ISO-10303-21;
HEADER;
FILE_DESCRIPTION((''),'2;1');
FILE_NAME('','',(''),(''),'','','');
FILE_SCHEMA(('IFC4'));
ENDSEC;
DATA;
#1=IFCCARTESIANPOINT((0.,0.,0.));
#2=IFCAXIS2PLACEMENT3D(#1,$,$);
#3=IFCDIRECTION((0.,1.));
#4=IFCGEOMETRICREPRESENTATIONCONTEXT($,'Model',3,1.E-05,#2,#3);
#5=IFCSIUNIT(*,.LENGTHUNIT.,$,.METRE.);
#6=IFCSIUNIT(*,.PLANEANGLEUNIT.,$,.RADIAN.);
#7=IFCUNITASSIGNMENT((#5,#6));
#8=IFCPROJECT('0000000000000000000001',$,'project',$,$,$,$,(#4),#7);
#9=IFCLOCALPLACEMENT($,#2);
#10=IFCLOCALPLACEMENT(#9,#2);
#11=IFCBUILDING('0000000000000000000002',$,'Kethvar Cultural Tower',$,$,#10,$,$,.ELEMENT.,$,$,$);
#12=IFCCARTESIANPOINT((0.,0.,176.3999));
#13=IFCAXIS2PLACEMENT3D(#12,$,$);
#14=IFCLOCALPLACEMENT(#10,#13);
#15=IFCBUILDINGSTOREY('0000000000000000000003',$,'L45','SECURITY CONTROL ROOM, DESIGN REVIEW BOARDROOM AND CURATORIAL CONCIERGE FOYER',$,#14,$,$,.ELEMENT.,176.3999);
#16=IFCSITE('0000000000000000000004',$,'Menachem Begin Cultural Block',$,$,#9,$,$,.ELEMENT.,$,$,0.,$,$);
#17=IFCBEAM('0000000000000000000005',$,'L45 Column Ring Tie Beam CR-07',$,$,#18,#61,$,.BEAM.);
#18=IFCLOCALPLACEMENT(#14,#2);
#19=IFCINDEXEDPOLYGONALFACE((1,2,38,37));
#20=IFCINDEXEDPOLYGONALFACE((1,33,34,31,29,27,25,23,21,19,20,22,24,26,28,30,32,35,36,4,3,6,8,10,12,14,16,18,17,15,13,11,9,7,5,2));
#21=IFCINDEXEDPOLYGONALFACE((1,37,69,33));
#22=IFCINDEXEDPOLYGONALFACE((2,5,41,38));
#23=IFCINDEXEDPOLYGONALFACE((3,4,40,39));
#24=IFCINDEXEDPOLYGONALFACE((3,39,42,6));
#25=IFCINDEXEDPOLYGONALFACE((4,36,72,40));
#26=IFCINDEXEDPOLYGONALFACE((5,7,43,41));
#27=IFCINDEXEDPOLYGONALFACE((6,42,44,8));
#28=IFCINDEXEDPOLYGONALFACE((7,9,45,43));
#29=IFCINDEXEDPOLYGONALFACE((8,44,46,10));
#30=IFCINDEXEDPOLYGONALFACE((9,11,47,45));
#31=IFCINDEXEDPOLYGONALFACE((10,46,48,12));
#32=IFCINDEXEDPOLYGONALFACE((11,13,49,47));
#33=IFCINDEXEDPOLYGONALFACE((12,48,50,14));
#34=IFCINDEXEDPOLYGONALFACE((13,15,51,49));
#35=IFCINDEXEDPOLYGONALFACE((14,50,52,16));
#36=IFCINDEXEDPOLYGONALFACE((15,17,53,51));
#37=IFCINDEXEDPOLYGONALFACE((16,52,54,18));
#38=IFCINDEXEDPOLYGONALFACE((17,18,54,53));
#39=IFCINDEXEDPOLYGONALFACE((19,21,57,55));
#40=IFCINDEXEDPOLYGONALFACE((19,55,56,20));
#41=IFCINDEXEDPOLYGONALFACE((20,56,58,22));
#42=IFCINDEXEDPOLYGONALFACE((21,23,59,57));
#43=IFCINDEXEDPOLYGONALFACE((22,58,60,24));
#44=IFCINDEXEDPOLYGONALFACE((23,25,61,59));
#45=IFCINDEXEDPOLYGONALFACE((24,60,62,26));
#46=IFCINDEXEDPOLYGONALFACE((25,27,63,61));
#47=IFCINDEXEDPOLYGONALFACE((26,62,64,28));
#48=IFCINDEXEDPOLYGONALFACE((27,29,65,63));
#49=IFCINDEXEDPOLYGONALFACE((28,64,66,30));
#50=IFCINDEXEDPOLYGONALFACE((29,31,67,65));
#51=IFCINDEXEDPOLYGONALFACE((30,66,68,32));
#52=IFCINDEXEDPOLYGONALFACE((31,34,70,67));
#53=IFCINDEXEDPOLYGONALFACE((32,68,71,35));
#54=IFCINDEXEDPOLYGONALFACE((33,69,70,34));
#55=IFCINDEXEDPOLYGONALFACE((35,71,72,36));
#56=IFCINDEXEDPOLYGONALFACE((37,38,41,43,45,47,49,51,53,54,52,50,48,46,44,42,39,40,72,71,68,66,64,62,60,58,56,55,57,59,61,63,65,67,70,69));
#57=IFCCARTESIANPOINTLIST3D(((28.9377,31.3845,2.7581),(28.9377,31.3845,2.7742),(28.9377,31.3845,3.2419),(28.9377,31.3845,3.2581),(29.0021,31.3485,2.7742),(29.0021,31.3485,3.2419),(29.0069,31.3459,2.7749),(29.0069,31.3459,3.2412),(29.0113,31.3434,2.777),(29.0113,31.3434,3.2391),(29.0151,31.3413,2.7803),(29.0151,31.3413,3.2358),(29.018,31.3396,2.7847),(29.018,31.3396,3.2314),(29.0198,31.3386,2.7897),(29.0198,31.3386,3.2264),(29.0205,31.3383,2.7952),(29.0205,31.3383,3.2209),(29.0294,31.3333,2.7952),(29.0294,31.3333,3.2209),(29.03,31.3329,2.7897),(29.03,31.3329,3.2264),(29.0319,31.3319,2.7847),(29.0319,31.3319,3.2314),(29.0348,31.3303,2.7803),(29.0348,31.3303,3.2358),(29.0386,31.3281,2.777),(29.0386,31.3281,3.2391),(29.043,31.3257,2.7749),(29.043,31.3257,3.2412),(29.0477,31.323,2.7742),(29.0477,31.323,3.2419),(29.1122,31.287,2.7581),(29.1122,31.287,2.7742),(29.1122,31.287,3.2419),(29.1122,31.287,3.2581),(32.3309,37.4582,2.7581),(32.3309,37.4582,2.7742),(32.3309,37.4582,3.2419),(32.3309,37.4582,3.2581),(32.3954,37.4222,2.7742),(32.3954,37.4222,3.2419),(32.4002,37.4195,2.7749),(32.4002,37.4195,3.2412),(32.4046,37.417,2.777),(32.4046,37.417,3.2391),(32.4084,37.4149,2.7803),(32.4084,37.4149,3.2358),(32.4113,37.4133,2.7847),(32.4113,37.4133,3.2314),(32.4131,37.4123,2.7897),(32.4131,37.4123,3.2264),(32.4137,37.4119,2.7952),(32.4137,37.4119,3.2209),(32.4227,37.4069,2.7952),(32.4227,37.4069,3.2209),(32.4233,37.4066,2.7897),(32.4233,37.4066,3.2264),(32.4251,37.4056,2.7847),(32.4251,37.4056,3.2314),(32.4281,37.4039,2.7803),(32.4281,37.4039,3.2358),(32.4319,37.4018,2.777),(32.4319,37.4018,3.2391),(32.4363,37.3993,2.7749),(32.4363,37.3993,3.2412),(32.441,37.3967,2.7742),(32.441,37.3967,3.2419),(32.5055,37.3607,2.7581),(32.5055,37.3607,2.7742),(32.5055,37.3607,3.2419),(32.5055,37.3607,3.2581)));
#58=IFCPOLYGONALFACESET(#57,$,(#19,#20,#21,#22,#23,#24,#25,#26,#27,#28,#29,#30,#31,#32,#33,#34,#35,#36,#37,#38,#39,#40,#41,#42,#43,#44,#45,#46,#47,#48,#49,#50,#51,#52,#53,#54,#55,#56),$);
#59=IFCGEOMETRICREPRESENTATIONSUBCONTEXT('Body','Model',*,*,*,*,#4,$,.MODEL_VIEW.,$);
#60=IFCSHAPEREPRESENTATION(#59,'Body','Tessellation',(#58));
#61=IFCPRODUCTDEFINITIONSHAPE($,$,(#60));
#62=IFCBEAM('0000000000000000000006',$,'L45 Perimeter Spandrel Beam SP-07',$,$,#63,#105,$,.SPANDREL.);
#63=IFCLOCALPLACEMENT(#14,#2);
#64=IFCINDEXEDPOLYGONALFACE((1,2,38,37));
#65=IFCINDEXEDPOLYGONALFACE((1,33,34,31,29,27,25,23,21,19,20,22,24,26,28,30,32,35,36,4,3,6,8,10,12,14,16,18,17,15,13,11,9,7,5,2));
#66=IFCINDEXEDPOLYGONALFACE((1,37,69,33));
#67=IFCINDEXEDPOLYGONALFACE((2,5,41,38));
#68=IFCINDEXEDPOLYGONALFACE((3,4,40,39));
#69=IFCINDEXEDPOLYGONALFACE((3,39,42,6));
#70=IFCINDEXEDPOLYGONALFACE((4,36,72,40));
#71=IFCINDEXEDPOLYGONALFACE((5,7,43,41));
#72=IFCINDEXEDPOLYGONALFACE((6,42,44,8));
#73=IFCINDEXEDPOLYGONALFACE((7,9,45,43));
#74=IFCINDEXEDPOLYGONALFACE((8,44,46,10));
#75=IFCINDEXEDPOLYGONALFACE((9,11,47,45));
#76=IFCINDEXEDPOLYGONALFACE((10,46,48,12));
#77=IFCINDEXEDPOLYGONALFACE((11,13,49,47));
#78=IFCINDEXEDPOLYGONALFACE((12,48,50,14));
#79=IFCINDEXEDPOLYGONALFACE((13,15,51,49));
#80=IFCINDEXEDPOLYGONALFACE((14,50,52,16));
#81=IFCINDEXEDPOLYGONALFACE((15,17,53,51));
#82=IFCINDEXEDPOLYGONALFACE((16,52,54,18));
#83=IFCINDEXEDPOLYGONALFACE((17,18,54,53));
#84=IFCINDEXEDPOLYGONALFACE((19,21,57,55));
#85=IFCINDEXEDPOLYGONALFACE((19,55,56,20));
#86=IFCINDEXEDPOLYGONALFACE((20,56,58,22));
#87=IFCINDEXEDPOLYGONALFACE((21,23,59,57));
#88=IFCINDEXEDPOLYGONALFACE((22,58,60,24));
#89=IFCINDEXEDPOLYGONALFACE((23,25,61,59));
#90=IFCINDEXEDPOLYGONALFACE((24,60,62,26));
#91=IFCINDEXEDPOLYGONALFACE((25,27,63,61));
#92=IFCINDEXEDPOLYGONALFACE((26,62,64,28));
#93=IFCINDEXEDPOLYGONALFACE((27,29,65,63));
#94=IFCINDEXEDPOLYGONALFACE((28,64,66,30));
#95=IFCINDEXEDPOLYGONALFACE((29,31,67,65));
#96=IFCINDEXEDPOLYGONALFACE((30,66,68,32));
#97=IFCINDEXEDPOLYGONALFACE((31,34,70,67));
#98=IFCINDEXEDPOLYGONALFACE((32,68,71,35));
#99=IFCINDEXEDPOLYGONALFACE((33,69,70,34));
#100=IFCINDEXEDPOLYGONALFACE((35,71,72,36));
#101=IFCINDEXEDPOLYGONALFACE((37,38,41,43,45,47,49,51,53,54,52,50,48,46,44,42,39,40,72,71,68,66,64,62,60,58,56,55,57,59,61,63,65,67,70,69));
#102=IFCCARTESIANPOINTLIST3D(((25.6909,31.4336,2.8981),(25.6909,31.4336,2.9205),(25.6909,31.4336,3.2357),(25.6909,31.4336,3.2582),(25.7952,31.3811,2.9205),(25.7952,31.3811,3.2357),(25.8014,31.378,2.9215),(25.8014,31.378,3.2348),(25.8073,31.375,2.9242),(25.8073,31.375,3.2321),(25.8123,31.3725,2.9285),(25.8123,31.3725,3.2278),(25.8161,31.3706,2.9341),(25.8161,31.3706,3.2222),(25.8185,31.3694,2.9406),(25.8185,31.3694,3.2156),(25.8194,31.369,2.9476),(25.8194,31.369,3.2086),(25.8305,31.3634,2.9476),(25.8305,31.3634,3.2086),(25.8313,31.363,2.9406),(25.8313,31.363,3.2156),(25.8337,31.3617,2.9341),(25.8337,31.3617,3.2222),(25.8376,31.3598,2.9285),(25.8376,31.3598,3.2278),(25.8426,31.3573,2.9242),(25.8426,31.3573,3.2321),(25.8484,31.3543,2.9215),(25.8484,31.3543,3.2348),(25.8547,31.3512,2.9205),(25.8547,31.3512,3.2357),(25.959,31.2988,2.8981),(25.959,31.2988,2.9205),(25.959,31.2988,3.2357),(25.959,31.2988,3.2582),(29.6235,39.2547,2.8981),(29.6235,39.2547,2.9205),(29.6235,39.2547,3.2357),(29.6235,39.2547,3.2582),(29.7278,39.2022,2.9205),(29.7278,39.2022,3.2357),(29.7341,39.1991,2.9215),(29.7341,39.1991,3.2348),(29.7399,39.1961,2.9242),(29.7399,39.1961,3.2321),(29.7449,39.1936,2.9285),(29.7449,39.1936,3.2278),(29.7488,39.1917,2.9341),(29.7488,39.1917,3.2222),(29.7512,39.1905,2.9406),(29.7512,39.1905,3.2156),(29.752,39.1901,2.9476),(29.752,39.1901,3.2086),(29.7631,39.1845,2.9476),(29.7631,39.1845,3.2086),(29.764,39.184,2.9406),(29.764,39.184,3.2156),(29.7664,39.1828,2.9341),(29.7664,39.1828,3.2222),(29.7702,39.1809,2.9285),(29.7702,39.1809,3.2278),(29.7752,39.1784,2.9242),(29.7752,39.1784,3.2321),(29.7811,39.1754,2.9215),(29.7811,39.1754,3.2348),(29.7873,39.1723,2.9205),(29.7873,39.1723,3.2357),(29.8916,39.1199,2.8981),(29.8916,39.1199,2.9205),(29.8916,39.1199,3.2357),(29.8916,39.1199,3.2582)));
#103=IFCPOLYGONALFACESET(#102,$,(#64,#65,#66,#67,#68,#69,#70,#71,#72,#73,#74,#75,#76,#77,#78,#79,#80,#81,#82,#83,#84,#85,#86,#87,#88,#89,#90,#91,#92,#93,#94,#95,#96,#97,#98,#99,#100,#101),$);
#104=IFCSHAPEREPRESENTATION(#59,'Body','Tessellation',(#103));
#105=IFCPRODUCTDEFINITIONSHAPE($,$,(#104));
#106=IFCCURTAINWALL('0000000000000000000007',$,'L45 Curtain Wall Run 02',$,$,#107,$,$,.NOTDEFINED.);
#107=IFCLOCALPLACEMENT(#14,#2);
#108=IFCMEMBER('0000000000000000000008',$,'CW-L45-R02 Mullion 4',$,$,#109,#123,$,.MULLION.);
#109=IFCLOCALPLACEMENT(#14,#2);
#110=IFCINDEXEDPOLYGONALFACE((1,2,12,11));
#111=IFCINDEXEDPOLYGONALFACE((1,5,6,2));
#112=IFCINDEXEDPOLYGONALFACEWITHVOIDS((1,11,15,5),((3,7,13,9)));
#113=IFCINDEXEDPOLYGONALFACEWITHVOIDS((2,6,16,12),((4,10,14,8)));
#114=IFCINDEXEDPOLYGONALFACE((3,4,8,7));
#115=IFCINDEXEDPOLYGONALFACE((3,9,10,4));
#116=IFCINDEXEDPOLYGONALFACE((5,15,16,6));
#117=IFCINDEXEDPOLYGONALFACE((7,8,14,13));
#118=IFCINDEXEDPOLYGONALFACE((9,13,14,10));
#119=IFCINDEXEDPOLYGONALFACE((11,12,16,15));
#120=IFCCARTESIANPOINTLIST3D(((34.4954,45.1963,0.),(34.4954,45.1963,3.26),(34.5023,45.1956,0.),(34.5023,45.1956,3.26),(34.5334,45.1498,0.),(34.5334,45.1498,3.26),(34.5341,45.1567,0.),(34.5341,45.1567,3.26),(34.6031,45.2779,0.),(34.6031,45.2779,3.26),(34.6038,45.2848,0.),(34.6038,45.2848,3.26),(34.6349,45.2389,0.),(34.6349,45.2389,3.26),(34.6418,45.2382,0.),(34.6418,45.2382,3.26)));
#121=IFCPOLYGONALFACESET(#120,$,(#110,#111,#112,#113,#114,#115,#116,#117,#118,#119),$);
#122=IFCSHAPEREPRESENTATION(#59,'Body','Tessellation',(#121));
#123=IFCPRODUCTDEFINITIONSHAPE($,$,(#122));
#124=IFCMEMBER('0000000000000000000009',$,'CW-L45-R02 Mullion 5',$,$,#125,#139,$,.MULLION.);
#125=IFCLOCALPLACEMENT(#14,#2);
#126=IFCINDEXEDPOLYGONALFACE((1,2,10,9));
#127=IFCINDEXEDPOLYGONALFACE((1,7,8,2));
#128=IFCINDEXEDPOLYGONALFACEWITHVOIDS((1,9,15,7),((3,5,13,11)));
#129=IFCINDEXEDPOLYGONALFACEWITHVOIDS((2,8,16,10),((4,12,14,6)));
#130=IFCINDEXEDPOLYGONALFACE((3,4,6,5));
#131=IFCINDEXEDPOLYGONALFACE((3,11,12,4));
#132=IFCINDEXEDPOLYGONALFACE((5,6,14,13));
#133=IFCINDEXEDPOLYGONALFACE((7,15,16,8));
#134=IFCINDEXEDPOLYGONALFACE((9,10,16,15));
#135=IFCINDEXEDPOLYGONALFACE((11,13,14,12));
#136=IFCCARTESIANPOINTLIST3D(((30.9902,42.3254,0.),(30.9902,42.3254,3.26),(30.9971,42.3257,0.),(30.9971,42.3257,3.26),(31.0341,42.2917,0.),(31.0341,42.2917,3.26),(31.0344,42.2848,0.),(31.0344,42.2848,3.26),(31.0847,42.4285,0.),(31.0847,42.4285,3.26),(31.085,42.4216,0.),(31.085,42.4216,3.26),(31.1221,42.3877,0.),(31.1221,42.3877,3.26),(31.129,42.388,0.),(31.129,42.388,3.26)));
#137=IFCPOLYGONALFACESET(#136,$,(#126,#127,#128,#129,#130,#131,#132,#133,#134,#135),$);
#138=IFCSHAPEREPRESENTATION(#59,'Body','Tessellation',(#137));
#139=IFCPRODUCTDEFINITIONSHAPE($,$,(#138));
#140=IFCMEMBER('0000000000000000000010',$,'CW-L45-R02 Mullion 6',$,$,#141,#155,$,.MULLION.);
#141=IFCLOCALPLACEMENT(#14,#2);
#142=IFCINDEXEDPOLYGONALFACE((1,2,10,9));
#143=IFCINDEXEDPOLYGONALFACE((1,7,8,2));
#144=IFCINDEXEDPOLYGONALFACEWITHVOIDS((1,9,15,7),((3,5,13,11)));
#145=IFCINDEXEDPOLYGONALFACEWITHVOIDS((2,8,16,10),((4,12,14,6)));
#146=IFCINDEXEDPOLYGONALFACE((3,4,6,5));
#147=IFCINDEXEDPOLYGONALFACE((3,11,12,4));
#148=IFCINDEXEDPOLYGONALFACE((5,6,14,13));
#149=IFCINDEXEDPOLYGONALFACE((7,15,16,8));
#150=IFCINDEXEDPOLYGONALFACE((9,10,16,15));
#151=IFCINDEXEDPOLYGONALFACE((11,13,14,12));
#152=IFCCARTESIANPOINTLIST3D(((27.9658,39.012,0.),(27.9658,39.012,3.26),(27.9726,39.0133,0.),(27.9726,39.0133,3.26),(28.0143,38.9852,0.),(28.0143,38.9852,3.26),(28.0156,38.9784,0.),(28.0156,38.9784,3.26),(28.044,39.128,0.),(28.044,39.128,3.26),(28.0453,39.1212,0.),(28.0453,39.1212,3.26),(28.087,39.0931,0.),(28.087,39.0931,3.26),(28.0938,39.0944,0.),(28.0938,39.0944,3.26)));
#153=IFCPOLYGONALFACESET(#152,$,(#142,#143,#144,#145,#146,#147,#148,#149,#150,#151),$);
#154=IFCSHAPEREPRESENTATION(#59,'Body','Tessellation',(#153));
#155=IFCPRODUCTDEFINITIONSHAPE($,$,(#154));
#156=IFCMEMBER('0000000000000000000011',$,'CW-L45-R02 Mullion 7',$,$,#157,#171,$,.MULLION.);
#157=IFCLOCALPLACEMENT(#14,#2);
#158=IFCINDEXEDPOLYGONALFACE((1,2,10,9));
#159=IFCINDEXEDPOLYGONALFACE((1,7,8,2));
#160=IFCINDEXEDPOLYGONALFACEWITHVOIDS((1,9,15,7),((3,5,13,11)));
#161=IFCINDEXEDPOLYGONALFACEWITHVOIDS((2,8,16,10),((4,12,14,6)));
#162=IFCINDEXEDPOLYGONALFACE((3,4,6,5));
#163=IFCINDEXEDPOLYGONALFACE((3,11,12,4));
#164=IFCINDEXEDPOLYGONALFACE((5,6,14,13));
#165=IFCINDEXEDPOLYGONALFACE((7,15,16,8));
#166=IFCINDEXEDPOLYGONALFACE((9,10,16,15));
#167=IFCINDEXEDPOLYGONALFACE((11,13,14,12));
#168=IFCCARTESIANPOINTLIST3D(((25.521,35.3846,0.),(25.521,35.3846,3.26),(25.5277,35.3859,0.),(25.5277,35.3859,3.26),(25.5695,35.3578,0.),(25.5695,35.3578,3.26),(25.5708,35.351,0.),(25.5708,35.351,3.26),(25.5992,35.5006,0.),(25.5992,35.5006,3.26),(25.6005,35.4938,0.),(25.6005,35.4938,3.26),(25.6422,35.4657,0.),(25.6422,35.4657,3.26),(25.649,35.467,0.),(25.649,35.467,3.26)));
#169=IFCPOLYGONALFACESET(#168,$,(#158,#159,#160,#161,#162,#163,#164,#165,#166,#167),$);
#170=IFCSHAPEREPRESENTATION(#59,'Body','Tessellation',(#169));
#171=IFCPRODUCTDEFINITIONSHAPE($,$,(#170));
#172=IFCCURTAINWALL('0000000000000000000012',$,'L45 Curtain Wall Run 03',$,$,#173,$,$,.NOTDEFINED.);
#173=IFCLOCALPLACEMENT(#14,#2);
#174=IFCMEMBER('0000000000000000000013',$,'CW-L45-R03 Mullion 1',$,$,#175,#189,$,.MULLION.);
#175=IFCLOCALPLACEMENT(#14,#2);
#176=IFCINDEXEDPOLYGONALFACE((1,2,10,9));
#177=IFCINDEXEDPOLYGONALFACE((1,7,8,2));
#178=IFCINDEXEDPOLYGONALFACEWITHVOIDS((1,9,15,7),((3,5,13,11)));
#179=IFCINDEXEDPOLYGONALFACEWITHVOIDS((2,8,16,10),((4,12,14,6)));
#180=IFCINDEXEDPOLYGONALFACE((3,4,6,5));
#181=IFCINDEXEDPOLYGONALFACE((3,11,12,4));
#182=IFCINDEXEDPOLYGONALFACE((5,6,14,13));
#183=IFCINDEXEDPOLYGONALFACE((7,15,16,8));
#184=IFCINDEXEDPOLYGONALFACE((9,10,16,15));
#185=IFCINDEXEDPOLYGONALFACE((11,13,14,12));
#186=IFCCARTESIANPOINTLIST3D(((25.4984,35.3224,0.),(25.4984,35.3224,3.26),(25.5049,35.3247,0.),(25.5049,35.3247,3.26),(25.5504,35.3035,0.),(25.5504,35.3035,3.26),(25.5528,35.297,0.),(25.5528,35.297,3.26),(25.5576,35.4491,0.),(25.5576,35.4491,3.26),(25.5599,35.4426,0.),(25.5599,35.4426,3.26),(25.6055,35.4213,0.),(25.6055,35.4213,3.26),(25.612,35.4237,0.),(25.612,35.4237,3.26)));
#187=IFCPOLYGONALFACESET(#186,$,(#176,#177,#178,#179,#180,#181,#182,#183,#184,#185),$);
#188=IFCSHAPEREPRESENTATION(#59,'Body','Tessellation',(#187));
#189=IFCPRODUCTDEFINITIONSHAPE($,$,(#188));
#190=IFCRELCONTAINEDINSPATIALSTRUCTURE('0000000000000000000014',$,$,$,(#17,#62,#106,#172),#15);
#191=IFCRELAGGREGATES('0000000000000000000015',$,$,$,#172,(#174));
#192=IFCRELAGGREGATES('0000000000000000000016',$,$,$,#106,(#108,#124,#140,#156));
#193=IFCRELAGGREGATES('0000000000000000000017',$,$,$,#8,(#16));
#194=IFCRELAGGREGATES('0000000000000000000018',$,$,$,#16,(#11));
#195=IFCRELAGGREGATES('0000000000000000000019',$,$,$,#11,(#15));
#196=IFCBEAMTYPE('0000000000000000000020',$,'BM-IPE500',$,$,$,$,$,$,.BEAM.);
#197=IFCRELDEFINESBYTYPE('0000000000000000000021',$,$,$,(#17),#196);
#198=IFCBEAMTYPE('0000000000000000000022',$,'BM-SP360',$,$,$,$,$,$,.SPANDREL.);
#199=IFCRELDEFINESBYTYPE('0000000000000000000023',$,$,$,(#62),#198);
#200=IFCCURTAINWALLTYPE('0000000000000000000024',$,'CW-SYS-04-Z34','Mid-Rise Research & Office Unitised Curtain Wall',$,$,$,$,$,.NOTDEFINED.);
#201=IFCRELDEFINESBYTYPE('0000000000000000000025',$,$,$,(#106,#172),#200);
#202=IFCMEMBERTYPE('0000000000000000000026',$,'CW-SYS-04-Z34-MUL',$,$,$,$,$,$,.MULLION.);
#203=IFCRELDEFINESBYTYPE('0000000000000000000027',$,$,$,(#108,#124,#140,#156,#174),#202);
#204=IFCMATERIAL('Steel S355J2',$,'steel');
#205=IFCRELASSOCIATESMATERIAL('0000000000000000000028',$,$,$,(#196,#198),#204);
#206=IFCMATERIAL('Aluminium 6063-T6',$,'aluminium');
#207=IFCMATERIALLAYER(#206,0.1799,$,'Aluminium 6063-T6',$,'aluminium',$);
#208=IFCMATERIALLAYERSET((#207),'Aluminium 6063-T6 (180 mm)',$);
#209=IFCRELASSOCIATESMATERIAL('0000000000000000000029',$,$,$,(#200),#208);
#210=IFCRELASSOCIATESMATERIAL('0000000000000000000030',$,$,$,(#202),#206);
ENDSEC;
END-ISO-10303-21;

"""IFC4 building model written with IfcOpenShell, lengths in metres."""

from ifc_helpers import new_model, si_unit, direction, frame, origin, origin_2d, place, context, subcontext, project, spatial, hollow_rectangle, i_section, extrude, source, transform, mapped, material, layer, layer_set, material_profile, profile_set, type_object, element, aggregate, save


model = new_model("IFC4")

# Units and contexts
model_context = context("Model", 3, precision=1e-05, world=origin(), true_north=direction((0.0, 1.0)))
body_context = subcontext(model_context, "Body", "Model", "MODEL_VIEW")
ifc_project = project(units=[si_unit("LENGTHUNIT", "METRE"), si_unit("PLANEANGLEUNIT", "RADIAN")], contexts=[model_context])

# Site, building, storey
site_placement = place(None, origin())
site = spatial("IfcSite", under=ifc_project, at=site_placement, Name="Menachem Begin Cultural Block", CompositionType="ELEMENT", RefElevation=0.0)
building_placement = place(site_placement, origin())
building = spatial("IfcBuilding", under=site, at=building_placement, Name="Kethvar Cultural Tower", CompositionType="ELEMENT")
storey_placement = place(building_placement, frame((0.0, 0.0, 176.3999)))
storey = spatial("IfcBuildingStorey", under=building, at=storey_placement, Name="L45", Description="SECURITY CONTROL ROOM, DESIGN REVIEW BOARDROOM AND CURATORIAL CONCIERGE FOYER", CompositionType="ELEMENT", Elevation=176.3999)

# Beams
ifc_material_1 = material(Name="Steel S355J2", Category="steel")
ifc_material_profile_1 = material_profile(ifc_material_1, i_section(OverallWidth=0.2, OverallDepth=0.5, WebThickness=0.0103, FlangeThickness=0.0161, FilletRadius=0.021, at=origin_2d()), Name="Steel S355J2 — IPE500")
ifc_profile_set_1 = profile_set([ifc_material_profile_1], Name="Steel S355J2 — IPE500")
beam_type_1 = type_object("IfcBeamType", Name="BM-IPE500", PredefinedType="BEAM", material=ifc_profile_set_1)
ifc_material_profile_2 = material_profile(ifc_material_1, i_section(OverallWidth=0.3, OverallDepth=0.3601, WebThickness=0.0125, FlangeThickness=0.0225, FilletRadius=0.0271, at=origin_2d()), Name="Steel S355J2 — HEB360")
ifc_profile_set_2 = profile_set([ifc_material_profile_2], Name="Steel S355J2 — HEB360")
beam_type_2 = type_object("IfcBeamType", Name="BM-SP360", PredefinedType="SPANDREL", material=ifc_profile_set_2)
shared_shape_1 = source(origin(), body_context, "Body", "SweptSolid", [
    extrude(i_section(OverallWidth=0.2, OverallDepth=0.5, WebThickness=0.0103, FlangeThickness=0.0161, FilletRadius=0.021, at=origin_2d()), origin(), (0.0, 0.0, 1.0), 6.9573),
])
beam_1_placement = place(storey_placement, frame((32.4182, 37.4094, 3.0081), z_axis=(-0.48773, -0.872994, 0.0), x_axis=(0.872994, -0.48773, 0.0)))
element("IfcBeam", 1, at=beam_1_placement, inside=storey, type_object=beam_type_1, Name="L45 Column Ring Tie Beam CR-07", PredefinedType="BEAM", context=body_context, shape_type="MappedRepresentation", body=[
    mapped(shared_shape_1, transform((0.0, 0.0, 0.0), scale=1.0)),
])
shared_shape_2 = source(origin(), body_context, "Body", "SweptSolid", [
    extrude(i_section(OverallWidth=0.3, OverallDepth=0.3601, WebThickness=0.0125, FlangeThickness=0.0225, FilletRadius=0.0271, at=origin_2d()), origin(), (0.0, 0.0, 1.0), 8.7542),
])
beam_2_placement = place(storey_placement, frame((29.7576, 39.1873, 3.0781), z_axis=(-0.449232, -0.893415, 0.0), x_axis=(0.893415, -0.449232, 0.0)))
element("IfcBeam", 2, at=beam_2_placement, inside=storey, type_object=beam_type_2, Name="L45 Perimeter Spandrel Beam SP-07", PredefinedType="SPANDREL", context=body_context, shape_type="MappedRepresentation", body=[
    mapped(shared_shape_2, transform((0.0, 0.0, 0.0), scale=1.0)),
])

# Curtain wall, members
ifc_material_2 = material(Name="Aluminium 6063-T6", Category="aluminium")
ifc_layer_1 = layer(ifc_material_2, 0.1799, Name="Aluminium 6063-T6", Category="aluminium")
ifc_layer_set_1 = layer_set([ifc_layer_1], Name="Aluminium 6063-T6 (180 mm)")
curtain_wall_type = type_object("IfcCurtainWallType", Name="CW-SYS-04-Z34", Description="Mid-Rise Research & Office Unitised Curtain Wall", PredefinedType="NOTDEFINED", material=ifc_layer_set_1)
curtain_wall_1_placement = place(storey_placement, origin())
curtain_wall_1 = element("IfcCurtainWall", 3, at=curtain_wall_1_placement, inside=storey, type_object=curtain_wall_type, Name="L45 Curtain Wall Run 02", PredefinedType="NOTDEFINED")
ifc_material_profile_3 = material_profile(ifc_material_2, hollow_rectangle(XDim=0.0601, YDim=0.1399, WallThickness=0.0049, at=origin_2d()), Name="Aluminium 6063-T6 — RHS140x60x5")
ifc_profile_set_3 = profile_set([ifc_material_profile_3], Name="Aluminium 6063-T6 — RHS140x60x5")
member_type_1 = type_object("IfcMemberType", Name="CW-SYS-04-Z34-MUL", PredefinedType="MULLION", material=ifc_profile_set_3)
shared_shape_3 = source(origin(), body_context, "Body", "SweptSolid", [
    extrude(hollow_rectangle(XDim=0.0601, YDim=0.1399, WallThickness=0.0049, at=origin_2d()), origin(), (0.0, 0.0, 1.0), 3.26),
])
member_1_placement = place(storey_placement, frame((34.5686, 45.2173, 0.0), z_axis=(0.0, 0.0, 1.0), x_axis=(0.632056, -0.774922, 0.0)))
member_1 = element("IfcMember", 4, at=member_1_placement, type_object=member_type_1, Name="CW-L45-R02 Mullion 4", PredefinedType="MULLION", context=body_context, shape_type="MappedRepresentation", body=[
    mapped(shared_shape_3, transform((0.0, 0.0, 0.0), scale=1.0)),
])
member_2_placement = place(storey_placement, frame((31.0596, 42.3567, 0.0), z_axis=(0.0, 0.0, 1.0), x_axis=(0.737148, -0.675732, 0.0)))
member_2 = element("IfcMember", 5, at=member_2_placement, type_object=member_type_1, Name="CW-L45-R02 Mullion 5", PredefinedType="MULLION", context=body_context, shape_type="MappedRepresentation", body=[
    mapped(shared_shape_3, transform((0.0, 0.0, 0.0), scale=1.0)),
])
member_3_placement = place(storey_placement, frame((28.0298, 39.0532, 0.0), z_axis=(0.0, 0.0, 1.0), x_axis=(0.829242, -0.558889, 0.0)))
member_3 = element("IfcMember", 6, at=member_3_placement, type_object=member_type_1, Name="CW-L45-R02 Mullion 6", PredefinedType="MULLION", context=body_context, shape_type="MappedRepresentation", body=[
    mapped(shared_shape_3, transform((0.0, 0.0, 0.0), scale=1.0)),
])
member_4_placement = place(storey_placement, frame((25.585, 35.4258, 0.0), z_axis=(0.0, 0.0, 1.0), x_axis=(0.829242, -0.558889, 0.0)))
member_4 = element("IfcMember", 7, at=member_4_placement, type_object=member_type_1, Name="CW-L45-R02 Mullion 7", PredefinedType="MULLION", context=body_context, shape_type="MappedRepresentation", body=[
    mapped(shared_shape_3, transform((0.0, 0.0, 0.0), scale=1.0)),
])

# Curtain wall, member
curtain_wall_2_placement = place(storey_placement, origin())
curtain_wall_2 = element("IfcCurtainWall", 8, at=curtain_wall_2_placement, inside=storey, type_object=curtain_wall_type, Name="L45 Curtain Wall Run 03", PredefinedType="NOTDEFINED")
member_5_placement = place(storey_placement, frame((25.5552, 35.373, 0.0), z_axis=(0.0, 0.0, 1.0), x_axis=(0.905983, -0.423314, 0.0)))
member_5 = element("IfcMember", 9, at=member_5_placement, type_object=member_type_1, Name="CW-L45-R03 Mullion 1", PredefinedType="MULLION", context=body_context, shape_type="MappedRepresentation", body=[
    mapped(shared_shape_3, transform((0.0, 0.0, 0.0), scale=1.0)),
])

aggregate(curtain_wall_2, [member_5])

aggregate(curtain_wall_1, [member_1, member_2, member_3, member_4])

save(model, "model.ifc")
